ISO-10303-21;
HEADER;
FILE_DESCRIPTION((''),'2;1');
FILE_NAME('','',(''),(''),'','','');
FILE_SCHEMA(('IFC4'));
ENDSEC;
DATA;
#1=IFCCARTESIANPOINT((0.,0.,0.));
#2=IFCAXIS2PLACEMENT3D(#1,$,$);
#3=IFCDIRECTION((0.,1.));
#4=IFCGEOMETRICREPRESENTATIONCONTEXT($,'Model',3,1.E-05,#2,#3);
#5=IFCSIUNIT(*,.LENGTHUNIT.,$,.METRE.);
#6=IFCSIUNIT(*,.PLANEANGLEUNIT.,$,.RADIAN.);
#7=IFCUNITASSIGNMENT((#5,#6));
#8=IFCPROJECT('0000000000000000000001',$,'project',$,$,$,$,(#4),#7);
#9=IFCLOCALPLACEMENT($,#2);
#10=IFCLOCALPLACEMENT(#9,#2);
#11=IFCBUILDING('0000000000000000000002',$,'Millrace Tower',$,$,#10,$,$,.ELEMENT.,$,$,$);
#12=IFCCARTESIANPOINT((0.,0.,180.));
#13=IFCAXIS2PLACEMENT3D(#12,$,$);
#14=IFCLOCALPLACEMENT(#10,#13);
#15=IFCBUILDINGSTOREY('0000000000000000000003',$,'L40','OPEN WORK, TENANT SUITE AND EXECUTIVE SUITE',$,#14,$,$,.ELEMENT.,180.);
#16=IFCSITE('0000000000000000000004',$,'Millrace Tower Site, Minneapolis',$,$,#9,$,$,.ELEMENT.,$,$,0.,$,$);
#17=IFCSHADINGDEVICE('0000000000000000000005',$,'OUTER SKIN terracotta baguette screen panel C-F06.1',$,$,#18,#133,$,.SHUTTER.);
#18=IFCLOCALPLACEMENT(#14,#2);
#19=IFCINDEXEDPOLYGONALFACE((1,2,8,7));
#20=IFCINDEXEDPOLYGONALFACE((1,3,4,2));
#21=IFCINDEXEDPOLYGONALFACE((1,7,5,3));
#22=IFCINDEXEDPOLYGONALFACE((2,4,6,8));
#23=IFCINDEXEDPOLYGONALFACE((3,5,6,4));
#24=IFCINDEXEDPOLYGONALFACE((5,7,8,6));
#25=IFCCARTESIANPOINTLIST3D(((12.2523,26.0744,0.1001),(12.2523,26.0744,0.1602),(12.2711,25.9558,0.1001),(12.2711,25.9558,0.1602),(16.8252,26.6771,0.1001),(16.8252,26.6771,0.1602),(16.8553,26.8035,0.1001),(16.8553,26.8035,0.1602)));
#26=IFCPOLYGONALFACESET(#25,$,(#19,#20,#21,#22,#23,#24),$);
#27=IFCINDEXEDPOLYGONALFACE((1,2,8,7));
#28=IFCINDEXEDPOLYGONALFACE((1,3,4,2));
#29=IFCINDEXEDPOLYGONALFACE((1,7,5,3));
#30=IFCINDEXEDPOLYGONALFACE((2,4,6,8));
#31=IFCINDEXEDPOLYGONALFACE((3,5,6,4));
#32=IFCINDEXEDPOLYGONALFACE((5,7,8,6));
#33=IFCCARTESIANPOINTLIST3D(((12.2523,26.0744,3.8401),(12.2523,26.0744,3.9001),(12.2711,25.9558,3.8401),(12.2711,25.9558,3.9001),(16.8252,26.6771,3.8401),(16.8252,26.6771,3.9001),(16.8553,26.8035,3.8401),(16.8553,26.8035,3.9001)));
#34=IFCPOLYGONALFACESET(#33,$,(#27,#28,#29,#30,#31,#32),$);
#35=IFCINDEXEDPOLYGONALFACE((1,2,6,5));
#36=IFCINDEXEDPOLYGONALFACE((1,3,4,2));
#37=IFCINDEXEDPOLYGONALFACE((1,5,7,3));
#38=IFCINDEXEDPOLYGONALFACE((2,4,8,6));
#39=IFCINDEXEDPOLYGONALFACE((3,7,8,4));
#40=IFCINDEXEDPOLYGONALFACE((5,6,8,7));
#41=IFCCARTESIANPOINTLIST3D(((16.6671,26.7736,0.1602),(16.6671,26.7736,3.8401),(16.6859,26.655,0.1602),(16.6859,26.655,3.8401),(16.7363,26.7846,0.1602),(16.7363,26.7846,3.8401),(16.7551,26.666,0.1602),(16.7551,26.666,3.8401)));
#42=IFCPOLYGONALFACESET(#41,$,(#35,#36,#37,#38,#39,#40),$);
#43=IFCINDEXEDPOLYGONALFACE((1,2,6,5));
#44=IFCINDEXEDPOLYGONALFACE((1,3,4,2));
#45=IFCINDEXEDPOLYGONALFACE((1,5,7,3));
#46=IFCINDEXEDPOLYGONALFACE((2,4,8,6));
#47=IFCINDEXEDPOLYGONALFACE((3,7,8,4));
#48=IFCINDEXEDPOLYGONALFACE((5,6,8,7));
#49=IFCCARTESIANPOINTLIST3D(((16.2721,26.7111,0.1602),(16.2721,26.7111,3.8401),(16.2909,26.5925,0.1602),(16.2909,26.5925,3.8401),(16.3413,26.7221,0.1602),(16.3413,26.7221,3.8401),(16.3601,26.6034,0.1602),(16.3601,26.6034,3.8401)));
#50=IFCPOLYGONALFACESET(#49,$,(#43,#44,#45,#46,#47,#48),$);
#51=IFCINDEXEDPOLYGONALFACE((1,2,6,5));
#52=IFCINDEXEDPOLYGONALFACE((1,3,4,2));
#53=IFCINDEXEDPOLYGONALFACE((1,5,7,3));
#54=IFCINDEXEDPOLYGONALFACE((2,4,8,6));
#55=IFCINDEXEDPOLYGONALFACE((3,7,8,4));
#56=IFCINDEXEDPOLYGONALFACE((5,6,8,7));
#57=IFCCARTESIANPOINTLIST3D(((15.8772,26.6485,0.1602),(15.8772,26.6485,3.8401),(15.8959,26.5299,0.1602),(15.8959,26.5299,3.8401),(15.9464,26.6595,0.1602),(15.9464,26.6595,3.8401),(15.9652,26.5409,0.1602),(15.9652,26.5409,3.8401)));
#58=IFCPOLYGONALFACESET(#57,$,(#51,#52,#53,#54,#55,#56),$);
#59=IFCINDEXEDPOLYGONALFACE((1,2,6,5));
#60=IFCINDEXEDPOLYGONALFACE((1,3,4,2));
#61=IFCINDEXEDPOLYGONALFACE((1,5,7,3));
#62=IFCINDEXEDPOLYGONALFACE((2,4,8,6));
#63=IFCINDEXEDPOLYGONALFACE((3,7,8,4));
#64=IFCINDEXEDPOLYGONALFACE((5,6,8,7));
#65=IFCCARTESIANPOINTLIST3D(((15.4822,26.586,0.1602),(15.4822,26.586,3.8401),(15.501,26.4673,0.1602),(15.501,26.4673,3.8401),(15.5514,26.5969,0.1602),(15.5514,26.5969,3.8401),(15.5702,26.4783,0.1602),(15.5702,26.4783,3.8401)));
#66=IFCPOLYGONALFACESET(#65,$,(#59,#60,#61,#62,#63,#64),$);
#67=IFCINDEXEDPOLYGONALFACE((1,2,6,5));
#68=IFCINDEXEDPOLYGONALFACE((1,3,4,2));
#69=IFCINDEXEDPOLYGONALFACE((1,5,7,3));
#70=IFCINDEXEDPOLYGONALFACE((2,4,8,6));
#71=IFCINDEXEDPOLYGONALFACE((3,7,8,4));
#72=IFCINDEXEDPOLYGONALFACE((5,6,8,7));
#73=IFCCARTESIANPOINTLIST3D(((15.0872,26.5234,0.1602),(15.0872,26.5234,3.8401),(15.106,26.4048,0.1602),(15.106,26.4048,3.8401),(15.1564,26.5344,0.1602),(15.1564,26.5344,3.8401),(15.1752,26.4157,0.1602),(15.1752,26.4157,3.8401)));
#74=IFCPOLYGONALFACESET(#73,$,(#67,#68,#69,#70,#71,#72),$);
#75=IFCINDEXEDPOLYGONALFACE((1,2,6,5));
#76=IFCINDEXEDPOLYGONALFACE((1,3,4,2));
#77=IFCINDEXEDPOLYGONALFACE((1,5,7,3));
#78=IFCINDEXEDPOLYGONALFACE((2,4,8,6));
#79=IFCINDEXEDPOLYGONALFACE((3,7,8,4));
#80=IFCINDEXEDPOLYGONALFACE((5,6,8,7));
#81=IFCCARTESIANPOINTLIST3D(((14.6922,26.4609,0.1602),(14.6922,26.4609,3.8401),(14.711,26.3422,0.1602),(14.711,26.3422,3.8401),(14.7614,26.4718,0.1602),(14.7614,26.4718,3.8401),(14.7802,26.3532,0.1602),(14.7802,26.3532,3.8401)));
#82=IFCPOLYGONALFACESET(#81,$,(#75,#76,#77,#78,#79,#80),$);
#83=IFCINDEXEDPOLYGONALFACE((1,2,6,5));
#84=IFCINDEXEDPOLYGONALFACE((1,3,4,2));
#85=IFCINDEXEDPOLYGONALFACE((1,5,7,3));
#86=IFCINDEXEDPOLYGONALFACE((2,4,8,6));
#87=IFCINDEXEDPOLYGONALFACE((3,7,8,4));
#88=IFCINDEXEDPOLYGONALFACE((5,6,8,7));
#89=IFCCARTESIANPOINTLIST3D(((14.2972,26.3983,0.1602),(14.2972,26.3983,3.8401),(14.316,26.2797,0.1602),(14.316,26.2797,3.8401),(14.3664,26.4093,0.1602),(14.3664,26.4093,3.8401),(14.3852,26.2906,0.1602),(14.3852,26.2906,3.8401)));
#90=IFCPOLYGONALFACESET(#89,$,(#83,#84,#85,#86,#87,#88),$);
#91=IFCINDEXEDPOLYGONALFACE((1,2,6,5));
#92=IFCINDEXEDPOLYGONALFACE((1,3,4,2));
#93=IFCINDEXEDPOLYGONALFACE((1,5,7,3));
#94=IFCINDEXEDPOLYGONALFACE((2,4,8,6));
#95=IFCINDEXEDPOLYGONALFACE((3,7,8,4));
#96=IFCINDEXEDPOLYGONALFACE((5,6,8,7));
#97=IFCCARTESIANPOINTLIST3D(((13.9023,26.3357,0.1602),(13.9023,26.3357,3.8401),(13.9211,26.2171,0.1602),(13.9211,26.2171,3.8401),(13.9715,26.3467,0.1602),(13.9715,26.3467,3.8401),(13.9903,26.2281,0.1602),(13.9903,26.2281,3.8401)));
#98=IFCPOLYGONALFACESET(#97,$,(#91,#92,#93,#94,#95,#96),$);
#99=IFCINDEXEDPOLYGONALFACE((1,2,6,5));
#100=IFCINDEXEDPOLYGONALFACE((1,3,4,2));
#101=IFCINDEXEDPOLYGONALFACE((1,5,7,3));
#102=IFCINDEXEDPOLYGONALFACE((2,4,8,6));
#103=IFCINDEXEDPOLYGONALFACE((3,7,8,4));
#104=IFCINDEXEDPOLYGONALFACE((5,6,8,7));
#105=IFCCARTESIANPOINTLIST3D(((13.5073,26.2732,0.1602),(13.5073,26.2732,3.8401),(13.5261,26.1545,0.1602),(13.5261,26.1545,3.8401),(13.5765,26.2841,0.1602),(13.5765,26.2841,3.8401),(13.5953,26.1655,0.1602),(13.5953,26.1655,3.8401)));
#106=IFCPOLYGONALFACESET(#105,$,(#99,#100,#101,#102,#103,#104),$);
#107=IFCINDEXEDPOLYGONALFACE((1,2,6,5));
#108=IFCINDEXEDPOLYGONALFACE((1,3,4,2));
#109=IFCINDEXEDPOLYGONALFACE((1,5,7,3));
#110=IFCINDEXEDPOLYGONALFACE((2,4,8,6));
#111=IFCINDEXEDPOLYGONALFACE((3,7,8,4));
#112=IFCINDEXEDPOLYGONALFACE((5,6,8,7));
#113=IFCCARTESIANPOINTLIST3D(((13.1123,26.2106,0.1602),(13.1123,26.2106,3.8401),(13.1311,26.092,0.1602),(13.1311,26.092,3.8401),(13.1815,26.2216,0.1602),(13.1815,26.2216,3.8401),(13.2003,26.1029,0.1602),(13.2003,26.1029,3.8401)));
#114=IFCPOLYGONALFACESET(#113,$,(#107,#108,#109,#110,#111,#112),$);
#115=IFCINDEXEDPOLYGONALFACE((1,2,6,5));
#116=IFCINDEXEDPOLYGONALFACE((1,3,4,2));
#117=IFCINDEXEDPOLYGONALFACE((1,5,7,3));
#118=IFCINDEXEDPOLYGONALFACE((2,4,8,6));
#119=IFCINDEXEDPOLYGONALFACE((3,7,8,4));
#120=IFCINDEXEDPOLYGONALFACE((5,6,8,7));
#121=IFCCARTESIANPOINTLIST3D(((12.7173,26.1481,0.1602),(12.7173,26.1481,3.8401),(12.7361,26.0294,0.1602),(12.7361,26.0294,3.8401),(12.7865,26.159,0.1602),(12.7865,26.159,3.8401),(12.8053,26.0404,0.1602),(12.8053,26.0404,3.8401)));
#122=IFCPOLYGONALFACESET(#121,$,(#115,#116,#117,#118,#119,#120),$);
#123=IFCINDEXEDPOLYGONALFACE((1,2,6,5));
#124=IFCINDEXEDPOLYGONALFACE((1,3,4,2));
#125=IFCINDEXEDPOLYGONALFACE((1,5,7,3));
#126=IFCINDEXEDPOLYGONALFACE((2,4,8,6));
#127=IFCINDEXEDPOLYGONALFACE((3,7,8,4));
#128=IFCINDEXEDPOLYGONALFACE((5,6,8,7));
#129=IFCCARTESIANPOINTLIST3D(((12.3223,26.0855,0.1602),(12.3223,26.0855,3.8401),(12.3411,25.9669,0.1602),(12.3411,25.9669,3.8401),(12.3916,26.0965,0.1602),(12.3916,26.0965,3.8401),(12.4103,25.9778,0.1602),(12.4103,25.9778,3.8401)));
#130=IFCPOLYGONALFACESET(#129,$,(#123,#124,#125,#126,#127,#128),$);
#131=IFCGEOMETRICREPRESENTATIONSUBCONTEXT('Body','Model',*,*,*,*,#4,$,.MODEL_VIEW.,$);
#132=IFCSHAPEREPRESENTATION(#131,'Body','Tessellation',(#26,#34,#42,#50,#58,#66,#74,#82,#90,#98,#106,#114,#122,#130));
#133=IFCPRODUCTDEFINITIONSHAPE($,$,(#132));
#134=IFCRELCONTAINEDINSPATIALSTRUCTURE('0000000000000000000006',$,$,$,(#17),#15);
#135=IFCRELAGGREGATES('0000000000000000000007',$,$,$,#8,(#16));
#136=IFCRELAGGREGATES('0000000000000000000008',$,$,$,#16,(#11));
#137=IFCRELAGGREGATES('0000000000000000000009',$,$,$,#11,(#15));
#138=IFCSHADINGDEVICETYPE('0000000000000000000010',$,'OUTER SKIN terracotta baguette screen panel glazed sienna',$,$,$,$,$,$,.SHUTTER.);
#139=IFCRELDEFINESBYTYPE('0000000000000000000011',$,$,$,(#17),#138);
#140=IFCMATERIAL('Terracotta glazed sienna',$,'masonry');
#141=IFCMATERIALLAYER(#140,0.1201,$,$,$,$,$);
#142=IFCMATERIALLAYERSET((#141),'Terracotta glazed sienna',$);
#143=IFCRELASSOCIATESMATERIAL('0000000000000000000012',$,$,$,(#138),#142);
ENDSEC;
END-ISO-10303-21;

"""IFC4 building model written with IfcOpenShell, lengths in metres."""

from ifc_helpers import new_model, entity, si_unit, direction, frame, frame_2d, origin, place, context, subcontext, project, spatial, rectangle, extrude, source, transform, mapped, material, layer, layer_set, type_object, element, save


model = new_model("IFC4")

# Units and contexts
model_context = context("Model", 3, precision=1e-05, world=origin(), true_north=direction((0.0, 1.0)))
body_context = subcontext(model_context, "Body", "Model", "MODEL_VIEW")
ifc_project = project(units=[si_unit("LENGTHUNIT", "METRE"), si_unit("PLANEANGLEUNIT", "RADIAN")], contexts=[model_context])

# Site, building, storey
site_placement = place(None, origin())
site = spatial("IfcSite", under=ifc_project, at=site_placement, Name="Millrace Tower Site, Minneapolis", CompositionType="ELEMENT", RefElevation=0.0)
building_placement = place(site_placement, origin())
building = spatial("IfcBuilding", under=site, at=building_placement, Name="Millrace Tower", CompositionType="ELEMENT")
storey_placement = place(building_placement, frame((0.0, 0.0, 180.0)))
storey = spatial("IfcBuildingStorey", under=building, at=storey_placement, Name="L40", Description="OPEN WORK, TENANT SUITE AND EXECUTIVE SUITE", CompositionType="ELEMENT", Elevation=180.0)

# Shading device
ifc_material_1 = material(Name="Terracotta glazed sienna", Category="masonry")
ifc_layer_1 = layer(ifc_material_1, 0.1201)
ifc_layer_set_1 = layer_set([ifc_layer_1], Name="Terracotta glazed sienna")
shading_device_type = type_object("IfcShadingDeviceType", Name="OUTER SKIN terracotta baguette screen panel glazed sienna", PredefinedType="SHUTTER", material=ifc_layer_set_1)
cartesian_point_1 = entity("IfcCartesianPoint", [-2.293, 0.0601])
shared_polyline_1 = entity("IfcPolyline", [cartesian_point_1, entity("IfcCartesianPoint", [2.3179, 0.0601]), entity("IfcCartesianPoint", [2.3179, -0.0601]), entity("IfcCartesianPoint", [-2.3425, -0.0601]), cartesian_point_1])
shared_shape_1 = source(origin(), body_context, "Body", "SweptSolid", [
    entity("IfcExtrudedAreaSolid", entity("IfcArbitraryClosedProfileDef", "AREA", None, shared_polyline_1), entity("IfcAxis2Placement3D", entity("IfcCartesianPoint", [0.0, 0.0, 0.0])), entity("IfcDirection", [0.0, 0.0, 1.0]), 0.0601),
    entity("IfcExtrudedAreaSolid", entity("IfcArbitraryClosedProfileDef", "AREA", None, shared_polyline_1), entity("IfcAxis2Placement3D", entity("IfcCartesianPoint", [0.0, 0.0, 3.74])), entity("IfcDirection", [0.0, 0.0, 1.0]), 0.0601),
    extrude(rectangle(XDim=0.0701, YDim=0.1201, at=frame_2d((-2.187, 0.0))), frame((0.0, 0.0, 0.0601)), (0.0, 0.0, 1.0), 3.6799),
    extrude(rectangle(XDim=0.0701, YDim=0.1201, at=frame_2d((-1.7871, 0.0))), frame((0.0, 0.0, 0.0601)), (0.0, 0.0, 1.0), 3.6799),
    extrude(rectangle(XDim=0.0701, YDim=0.1201, at=frame_2d((-1.3872, 0.0))), frame((0.0, 0.0, 0.0601)), (0.0, 0.0, 1.0), 3.6799),
    extrude(rectangle(XDim=0.0701, YDim=0.1201, at=frame_2d((-0.9873, 0.0))), frame((0.0, 0.0, 0.0601)), (0.0, 0.0, 1.0), 3.6799),
    extrude(rectangle(XDim=0.0701, YDim=0.1201, at=frame_2d((-0.5874, 0.0))), frame((0.0, 0.0, 0.0601)), (0.0, 0.0, 1.0), 3.6799),
    extrude(rectangle(XDim=0.0701, YDim=0.1201, at=frame_2d((-0.1875, 0.0))), frame((0.0, 0.0, 0.0601)), (0.0, 0.0, 1.0), 3.6799),
    extrude(rectangle(XDim=0.0701, YDim=0.1201, at=frame_2d((0.2124, 0.0))), frame((0.0, 0.0, 0.0601)), (0.0, 0.0, 1.0), 3.6799),
    extrude(rectangle(XDim=0.0701, YDim=0.1201, at=frame_2d((0.6123, 0.0))), frame((0.0, 0.0, 0.0601)), (0.0, 0.0, 1.0), 3.6799),
    extrude(rectangle(XDim=0.0701, YDim=0.1201, at=frame_2d((1.0122, 0.0))), frame((0.0, 0.0, 0.0601)), (0.0, 0.0, 1.0), 3.6799),
    extrude(rectangle(XDim=0.0701, YDim=0.1201, at=frame_2d((1.4121, 0.0))), frame((0.0, 0.0, 0.0601)), (0.0, 0.0, 1.0), 3.6799),
    extrude(rectangle(XDim=0.0701, YDim=0.1201, at=frame_2d((1.812, 0.0))), frame((0.0, 0.0, 0.0601)), (0.0, 0.0, 1.0), 3.6799),
    extrude(rectangle(XDim=0.0701, YDim=0.1201, at=frame_2d((2.2119, 0.0))), frame((0.0, 0.0, 0.0601)), (0.0, 0.0, 1.0), 3.6799),
])
shading_device_placement = place(storey_placement, frame((14.551, 26.3777, 0.1001), z_axis=(0.0, 0.0, 1.0), x_axis=(-0.987688, -0.156434, 0.0)))
element("IfcShadingDevice", 1, at=shading_device_placement, inside=storey, type_object=shading_device_type, Name="OUTER SKIN terracotta baguette screen panel C-F06.1", PredefinedType="SHUTTER", context=body_context, shape_type="MappedRepresentation", body=[
    mapped(shared_shape_1, transform((0.0, 0.0, 0.0), scale=1.0)),
])

save(model, "model.ifc")
